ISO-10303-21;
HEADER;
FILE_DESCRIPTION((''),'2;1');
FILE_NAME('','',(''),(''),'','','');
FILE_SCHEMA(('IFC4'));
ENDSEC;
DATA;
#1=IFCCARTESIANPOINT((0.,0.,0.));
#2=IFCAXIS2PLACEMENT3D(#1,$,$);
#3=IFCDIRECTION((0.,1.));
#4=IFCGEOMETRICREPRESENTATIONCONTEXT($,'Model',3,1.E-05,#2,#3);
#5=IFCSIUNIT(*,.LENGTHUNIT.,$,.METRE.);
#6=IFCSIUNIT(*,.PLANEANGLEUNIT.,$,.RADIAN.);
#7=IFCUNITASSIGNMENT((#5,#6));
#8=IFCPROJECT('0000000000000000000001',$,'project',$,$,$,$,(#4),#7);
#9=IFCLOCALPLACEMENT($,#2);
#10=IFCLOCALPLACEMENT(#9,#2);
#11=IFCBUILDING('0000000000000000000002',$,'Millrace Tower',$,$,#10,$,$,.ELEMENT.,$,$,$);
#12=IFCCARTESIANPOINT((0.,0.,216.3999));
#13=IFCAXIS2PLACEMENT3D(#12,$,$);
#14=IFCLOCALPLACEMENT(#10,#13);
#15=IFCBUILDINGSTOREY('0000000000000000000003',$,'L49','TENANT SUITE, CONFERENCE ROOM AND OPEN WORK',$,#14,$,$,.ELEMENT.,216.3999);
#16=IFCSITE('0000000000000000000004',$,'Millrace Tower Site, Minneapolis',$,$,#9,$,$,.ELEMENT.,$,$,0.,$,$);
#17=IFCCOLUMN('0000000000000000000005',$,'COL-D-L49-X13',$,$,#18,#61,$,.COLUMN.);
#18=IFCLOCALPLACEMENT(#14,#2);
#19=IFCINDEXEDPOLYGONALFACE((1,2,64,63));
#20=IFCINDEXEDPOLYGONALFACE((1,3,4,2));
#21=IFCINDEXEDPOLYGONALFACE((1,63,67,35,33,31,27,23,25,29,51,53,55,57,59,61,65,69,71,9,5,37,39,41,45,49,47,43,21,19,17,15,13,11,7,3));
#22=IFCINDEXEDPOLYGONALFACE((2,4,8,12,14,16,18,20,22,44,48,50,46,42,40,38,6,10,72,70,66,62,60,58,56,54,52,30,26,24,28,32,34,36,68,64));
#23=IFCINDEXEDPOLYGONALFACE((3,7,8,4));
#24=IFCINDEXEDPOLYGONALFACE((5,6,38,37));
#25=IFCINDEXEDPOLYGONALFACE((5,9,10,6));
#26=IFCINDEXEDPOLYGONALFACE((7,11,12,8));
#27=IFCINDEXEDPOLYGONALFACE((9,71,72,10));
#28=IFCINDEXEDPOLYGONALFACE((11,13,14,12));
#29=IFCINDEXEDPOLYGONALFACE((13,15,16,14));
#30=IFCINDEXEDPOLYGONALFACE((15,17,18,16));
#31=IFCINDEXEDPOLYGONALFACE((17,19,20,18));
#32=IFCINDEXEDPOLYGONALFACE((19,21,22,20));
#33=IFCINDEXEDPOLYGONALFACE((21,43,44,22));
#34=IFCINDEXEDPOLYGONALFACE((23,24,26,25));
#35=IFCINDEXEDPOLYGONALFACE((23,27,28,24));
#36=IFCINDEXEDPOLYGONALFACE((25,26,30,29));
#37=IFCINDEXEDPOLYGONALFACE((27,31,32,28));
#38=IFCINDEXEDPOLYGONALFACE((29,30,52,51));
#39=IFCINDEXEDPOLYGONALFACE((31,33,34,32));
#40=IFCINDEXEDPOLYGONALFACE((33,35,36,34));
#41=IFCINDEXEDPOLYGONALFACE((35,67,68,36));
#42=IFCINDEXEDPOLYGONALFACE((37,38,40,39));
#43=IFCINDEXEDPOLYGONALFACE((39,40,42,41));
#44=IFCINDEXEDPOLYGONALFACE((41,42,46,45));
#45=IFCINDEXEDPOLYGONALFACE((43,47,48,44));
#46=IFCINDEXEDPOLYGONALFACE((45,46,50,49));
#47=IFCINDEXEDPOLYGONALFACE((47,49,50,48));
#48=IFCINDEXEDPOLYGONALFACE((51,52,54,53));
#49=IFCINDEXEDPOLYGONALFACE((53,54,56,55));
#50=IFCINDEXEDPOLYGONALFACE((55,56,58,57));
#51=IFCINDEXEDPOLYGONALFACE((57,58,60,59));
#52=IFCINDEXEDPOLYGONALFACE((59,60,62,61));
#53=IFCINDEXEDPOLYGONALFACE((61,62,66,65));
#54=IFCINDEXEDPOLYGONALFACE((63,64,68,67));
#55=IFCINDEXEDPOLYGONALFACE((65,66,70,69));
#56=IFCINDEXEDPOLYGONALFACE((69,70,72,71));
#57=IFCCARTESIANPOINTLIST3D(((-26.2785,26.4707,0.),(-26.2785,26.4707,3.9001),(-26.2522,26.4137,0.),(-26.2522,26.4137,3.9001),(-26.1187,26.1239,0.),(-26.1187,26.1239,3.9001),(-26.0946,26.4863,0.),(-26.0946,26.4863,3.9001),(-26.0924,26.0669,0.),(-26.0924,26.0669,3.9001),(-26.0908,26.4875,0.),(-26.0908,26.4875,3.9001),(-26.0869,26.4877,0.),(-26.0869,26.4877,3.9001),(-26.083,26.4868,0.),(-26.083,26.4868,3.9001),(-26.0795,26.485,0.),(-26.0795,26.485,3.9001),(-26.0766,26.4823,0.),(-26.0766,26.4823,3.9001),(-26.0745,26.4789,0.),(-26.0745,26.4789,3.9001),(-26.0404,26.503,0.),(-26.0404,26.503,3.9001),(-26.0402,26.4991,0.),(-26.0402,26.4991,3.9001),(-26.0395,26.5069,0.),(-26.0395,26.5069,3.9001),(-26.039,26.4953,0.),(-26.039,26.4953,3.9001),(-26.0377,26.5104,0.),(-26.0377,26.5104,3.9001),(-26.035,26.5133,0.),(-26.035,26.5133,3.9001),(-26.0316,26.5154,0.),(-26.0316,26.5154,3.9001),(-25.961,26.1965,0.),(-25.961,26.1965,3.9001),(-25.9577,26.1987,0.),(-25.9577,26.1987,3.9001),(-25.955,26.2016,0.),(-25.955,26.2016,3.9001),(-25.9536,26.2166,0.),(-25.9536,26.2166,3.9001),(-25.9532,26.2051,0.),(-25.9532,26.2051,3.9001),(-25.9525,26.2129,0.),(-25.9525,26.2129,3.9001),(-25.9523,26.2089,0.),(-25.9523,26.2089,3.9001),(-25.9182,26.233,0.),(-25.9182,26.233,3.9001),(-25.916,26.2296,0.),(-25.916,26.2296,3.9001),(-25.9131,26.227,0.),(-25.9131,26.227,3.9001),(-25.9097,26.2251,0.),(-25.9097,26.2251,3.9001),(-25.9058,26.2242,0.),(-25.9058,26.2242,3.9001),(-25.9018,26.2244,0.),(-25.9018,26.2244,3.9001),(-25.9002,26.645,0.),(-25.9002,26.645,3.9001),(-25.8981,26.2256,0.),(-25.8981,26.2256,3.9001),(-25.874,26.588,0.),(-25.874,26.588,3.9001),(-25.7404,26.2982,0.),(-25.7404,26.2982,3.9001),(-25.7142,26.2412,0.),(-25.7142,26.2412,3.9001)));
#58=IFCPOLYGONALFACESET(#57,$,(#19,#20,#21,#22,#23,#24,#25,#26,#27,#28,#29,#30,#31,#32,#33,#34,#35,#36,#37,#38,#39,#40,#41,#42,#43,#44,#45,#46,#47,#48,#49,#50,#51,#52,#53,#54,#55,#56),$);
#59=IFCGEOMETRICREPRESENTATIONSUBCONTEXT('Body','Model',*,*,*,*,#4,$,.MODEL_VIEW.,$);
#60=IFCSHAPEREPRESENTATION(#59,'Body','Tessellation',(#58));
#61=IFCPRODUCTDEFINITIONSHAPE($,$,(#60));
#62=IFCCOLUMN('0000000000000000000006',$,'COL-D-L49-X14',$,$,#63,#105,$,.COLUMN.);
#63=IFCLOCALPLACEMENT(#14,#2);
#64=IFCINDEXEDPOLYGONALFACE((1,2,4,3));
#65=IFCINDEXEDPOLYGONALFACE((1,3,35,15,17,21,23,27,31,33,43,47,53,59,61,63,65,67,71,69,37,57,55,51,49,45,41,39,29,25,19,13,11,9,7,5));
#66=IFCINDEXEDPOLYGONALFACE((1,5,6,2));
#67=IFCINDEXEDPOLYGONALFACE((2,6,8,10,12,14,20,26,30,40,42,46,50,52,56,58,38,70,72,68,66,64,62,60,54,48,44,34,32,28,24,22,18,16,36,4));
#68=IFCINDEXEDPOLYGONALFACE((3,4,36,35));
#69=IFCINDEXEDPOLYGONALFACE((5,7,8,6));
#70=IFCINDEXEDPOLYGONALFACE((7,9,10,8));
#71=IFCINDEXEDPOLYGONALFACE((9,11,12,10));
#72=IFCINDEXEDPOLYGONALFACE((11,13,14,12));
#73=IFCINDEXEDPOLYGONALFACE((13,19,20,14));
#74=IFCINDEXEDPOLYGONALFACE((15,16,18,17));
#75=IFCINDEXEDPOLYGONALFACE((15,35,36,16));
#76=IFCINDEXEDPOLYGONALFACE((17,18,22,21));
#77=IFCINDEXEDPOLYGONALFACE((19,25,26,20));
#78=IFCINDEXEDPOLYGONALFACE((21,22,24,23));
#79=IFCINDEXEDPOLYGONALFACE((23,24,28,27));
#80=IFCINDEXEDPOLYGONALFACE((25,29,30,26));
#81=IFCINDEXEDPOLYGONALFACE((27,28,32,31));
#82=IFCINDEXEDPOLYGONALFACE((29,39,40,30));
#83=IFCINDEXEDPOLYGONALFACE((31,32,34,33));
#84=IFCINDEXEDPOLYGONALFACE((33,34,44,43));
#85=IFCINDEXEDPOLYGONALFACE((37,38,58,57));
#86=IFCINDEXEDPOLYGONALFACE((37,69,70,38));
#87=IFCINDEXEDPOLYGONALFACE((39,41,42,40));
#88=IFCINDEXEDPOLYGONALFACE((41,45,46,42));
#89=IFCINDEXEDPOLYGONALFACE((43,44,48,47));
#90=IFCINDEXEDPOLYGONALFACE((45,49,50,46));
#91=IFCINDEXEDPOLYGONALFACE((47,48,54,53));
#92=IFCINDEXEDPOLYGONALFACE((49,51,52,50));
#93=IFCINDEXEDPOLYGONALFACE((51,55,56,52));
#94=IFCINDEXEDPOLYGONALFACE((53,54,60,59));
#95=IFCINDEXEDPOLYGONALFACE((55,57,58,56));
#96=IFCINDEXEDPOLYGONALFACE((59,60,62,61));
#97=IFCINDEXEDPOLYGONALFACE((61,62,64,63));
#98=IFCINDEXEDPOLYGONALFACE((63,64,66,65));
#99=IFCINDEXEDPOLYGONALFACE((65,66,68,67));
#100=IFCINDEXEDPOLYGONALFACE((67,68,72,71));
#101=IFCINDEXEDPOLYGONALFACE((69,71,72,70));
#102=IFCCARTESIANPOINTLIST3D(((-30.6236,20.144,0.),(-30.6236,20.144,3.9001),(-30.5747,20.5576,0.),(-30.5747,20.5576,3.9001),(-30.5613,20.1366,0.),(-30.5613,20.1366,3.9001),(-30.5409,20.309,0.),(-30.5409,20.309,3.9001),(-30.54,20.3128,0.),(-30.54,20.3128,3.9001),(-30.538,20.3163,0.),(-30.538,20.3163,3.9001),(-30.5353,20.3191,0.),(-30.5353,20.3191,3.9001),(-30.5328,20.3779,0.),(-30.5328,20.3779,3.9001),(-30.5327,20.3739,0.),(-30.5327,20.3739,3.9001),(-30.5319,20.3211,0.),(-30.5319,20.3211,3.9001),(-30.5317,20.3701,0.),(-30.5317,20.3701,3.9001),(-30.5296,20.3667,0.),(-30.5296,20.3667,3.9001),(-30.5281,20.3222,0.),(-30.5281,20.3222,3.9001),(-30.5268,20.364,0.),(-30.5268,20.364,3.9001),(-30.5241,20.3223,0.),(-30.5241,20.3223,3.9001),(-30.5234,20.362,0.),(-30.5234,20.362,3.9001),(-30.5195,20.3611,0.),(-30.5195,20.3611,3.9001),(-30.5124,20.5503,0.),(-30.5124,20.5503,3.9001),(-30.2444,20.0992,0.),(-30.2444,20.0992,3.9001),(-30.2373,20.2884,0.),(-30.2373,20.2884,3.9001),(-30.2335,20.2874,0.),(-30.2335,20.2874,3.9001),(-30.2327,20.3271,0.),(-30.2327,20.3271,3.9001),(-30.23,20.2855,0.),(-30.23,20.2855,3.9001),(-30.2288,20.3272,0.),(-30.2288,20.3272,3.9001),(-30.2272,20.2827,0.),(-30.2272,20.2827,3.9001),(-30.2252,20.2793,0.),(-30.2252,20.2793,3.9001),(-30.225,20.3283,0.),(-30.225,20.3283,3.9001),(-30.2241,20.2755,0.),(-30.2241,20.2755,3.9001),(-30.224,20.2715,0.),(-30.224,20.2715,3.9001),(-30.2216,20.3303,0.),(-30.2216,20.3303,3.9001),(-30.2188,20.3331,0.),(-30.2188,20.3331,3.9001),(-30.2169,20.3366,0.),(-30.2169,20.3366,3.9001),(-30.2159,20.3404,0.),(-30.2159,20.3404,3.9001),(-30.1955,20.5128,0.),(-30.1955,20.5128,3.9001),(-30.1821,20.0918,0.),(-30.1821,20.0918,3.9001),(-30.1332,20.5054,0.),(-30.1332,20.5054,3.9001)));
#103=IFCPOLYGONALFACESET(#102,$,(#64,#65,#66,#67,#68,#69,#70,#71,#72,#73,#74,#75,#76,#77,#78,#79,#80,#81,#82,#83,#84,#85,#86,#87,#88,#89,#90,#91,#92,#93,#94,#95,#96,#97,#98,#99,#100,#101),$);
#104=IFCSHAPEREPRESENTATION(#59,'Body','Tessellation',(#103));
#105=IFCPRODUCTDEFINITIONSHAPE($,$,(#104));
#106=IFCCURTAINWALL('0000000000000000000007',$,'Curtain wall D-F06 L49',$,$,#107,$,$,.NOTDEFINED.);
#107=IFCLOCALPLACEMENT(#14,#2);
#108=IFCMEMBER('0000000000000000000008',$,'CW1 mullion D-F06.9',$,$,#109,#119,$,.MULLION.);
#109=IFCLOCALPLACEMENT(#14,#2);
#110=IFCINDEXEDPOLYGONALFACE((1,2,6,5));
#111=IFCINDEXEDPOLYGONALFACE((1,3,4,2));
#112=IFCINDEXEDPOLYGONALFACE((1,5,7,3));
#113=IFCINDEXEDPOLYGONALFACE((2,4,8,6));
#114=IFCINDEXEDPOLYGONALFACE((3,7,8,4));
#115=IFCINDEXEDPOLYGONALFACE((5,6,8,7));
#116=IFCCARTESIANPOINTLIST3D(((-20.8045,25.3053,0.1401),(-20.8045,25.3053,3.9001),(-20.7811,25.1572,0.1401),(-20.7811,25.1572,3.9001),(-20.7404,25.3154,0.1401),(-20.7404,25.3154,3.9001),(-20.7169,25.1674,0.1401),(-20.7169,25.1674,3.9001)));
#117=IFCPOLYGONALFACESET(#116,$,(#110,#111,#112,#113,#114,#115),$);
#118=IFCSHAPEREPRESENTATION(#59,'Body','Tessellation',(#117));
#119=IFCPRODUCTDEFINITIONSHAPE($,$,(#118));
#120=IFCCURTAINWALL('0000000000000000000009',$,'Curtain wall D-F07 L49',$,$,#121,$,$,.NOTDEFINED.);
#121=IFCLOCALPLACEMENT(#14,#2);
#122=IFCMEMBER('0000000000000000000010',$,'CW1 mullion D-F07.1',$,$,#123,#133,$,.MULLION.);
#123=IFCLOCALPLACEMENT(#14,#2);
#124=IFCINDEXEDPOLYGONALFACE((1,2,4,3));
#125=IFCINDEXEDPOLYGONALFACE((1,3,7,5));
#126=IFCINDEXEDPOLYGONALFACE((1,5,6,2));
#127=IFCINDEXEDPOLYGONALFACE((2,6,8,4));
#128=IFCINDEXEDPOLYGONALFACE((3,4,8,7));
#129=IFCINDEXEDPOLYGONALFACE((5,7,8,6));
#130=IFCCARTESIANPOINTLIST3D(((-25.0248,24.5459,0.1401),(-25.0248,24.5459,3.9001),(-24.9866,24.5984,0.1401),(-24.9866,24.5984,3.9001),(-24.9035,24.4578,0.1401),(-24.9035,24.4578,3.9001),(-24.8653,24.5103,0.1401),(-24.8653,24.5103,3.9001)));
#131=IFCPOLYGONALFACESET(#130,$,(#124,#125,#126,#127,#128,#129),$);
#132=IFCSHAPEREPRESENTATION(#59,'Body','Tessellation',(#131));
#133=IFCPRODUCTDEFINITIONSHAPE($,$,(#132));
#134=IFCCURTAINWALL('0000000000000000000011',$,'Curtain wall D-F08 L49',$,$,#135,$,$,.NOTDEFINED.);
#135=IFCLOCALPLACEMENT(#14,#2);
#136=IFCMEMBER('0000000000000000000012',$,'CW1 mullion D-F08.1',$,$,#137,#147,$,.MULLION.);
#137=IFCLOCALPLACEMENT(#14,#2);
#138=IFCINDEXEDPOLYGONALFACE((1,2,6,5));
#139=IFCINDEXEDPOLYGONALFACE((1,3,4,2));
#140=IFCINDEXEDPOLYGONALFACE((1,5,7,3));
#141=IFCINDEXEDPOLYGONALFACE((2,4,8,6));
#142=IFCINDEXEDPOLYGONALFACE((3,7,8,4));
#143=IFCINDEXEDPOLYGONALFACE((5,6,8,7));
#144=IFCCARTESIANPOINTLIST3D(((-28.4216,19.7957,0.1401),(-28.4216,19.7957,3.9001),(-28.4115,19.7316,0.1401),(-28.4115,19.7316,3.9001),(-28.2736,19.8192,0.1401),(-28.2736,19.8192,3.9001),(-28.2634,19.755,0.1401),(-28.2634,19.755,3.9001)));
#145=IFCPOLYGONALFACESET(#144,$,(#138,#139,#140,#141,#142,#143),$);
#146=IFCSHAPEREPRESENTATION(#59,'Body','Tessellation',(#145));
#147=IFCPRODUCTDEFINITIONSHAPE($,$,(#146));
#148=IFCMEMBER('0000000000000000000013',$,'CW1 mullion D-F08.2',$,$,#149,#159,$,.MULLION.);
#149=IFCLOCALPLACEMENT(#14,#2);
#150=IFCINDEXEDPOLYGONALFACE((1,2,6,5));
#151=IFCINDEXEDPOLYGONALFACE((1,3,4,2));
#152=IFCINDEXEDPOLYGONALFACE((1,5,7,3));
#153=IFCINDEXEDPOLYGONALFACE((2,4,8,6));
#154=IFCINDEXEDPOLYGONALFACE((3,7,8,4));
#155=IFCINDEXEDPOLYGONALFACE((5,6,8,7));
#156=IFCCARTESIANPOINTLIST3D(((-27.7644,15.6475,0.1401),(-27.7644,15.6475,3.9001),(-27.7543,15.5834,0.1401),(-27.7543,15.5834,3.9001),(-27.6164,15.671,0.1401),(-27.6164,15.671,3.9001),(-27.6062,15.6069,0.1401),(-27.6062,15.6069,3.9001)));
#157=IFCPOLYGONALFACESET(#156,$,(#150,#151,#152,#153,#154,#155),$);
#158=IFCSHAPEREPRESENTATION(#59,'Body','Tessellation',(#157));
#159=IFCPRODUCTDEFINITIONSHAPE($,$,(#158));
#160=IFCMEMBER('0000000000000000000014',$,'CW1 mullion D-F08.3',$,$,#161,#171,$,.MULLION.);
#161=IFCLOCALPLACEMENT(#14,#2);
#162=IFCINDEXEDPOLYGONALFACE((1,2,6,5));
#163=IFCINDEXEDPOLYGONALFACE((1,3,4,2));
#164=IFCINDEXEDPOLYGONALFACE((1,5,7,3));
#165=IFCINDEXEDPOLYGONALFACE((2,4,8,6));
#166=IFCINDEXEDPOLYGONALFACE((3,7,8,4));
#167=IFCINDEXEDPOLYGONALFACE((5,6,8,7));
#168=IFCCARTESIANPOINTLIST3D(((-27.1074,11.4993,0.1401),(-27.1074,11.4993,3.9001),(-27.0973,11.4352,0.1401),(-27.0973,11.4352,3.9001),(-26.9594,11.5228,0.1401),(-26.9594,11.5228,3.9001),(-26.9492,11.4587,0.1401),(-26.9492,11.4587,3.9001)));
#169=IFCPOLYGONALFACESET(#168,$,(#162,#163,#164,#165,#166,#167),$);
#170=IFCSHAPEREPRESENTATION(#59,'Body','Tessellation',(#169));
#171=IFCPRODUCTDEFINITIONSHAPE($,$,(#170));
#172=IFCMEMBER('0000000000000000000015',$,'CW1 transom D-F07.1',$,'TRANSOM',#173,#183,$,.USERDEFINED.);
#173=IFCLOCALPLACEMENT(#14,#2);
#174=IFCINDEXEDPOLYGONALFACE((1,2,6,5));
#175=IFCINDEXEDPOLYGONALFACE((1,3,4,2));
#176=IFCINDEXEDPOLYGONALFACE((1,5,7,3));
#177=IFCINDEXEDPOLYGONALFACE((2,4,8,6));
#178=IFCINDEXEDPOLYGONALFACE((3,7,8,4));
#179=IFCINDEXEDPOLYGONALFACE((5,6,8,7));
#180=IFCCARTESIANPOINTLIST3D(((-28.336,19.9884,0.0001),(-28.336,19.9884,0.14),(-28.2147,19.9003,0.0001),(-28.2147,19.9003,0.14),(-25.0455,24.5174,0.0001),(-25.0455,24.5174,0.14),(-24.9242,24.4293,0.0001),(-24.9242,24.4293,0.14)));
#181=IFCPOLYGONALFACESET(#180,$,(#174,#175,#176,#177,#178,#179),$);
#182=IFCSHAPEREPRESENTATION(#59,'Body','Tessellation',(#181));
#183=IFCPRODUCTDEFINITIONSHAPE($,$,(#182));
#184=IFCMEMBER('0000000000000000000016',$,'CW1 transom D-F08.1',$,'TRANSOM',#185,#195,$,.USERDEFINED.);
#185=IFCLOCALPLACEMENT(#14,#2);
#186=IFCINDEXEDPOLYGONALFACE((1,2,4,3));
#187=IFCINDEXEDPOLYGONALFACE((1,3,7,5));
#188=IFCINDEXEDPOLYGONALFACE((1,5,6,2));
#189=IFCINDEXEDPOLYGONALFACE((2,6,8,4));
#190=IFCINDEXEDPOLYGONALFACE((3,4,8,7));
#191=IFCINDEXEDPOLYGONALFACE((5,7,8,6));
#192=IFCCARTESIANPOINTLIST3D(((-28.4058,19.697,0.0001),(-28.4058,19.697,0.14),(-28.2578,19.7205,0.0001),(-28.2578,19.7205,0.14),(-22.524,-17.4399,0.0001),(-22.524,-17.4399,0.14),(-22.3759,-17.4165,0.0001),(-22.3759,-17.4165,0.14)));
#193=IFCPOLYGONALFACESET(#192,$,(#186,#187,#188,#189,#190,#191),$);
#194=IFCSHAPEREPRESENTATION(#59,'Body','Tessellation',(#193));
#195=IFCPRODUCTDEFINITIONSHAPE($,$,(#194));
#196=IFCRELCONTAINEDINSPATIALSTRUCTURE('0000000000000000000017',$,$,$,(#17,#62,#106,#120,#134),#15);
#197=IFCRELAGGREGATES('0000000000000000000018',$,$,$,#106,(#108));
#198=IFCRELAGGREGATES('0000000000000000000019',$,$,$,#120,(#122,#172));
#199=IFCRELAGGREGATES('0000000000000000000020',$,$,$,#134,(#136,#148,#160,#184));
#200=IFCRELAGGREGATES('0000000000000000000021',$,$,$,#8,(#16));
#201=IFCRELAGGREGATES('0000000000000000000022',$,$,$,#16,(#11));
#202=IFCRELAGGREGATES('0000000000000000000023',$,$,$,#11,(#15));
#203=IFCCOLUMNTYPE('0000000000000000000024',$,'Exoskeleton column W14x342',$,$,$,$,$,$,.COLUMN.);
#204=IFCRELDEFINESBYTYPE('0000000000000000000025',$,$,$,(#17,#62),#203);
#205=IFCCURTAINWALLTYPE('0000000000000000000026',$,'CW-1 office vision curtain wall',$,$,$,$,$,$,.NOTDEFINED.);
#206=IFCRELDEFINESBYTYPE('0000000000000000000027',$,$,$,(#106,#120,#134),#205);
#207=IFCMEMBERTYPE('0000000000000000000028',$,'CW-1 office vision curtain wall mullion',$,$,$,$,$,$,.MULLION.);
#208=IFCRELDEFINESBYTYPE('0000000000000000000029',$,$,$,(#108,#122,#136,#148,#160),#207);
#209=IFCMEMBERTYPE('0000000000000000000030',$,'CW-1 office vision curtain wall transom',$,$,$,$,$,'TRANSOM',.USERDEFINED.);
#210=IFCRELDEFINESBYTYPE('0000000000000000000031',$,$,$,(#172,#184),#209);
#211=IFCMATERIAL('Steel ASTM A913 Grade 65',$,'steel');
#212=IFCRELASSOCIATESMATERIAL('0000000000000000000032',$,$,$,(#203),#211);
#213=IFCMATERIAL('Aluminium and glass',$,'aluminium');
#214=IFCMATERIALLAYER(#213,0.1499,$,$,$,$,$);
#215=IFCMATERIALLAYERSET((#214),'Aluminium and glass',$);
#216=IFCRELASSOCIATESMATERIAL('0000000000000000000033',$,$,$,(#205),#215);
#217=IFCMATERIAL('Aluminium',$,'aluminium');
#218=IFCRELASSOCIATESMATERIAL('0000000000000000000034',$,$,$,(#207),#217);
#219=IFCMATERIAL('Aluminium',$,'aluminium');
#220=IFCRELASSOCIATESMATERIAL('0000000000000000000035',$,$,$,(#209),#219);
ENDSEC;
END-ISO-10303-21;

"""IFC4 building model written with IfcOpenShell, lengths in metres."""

from ifc_helpers import new_model, si_unit, direction, frame, origin, origin_2d, place, context, subcontext, project, spatial, rectangle, i_section, extrude, material, layer, layer_set, material_profile, profile_set, type_object, element, aggregate, save


model = new_model("IFC4")

# Units and contexts
model_context = context("Model", 3, precision=1e-05, world=origin(), true_north=direction((0.0, 1.0)))
body_context = subcontext(model_context, "Body", "Model", "MODEL_VIEW")
ifc_project = project(units=[si_unit("LENGTHUNIT", "METRE"), si_unit("PLANEANGLEUNIT", "RADIAN")], contexts=[model_context])

# Site, building, storey
site_placement = place(None, origin())
site = spatial("IfcSite", under=ifc_project, at=site_placement, Name="Millrace Tower Site, Minneapolis", CompositionType="ELEMENT", RefElevation=0.0)
building_placement = place(site_placement, origin())
building = spatial("IfcBuilding", under=site, at=building_placement, Name="Millrace Tower", CompositionType="ELEMENT")
storey_placement = place(building_placement, frame((0.0, 0.0, 216.3999)))
storey = spatial("IfcBuildingStorey", under=building, at=storey_placement, Name="L49", Description="TENANT SUITE, CONFERENCE ROOM AND OPEN WORK", CompositionType="ELEMENT", Elevation=216.3999)

# Columns
ifc_material_1 = material(Name="Steel ASTM A913 Grade 65", Category="steel")
ifc_material_profile_1 = material_profile(ifc_material_1, i_section(OverallWidth=0.4165, OverallDepth=0.4446, WebThickness=0.0391, FlangeThickness=0.0627, FilletRadius=0.0151, at=origin_2d()))
ifc_profile_set_1 = profile_set([ifc_material_profile_1], Name="Steel ASTM A913 Grade 65")
column_type = type_object("IfcColumnType", Name="Exoskeleton column W14x342", PredefinedType="COLUMN", material=ifc_profile_set_1)
for number, where, z_axis, x_axis, name in (
    (1, (-25.9963, 26.356, 0.0), (0.0, 0.0, 1.0), (-0.908192, -0.418553, 0.0), "COL-D-L49-X13"),
    (2, (-30.3784, 20.3247, 0.0), (0.0, 0.0, 1.0), (-0.117421, -0.993082, 0.0), "COL-D-L49-X14"),
):
    element("IfcColumn", number, at=place(storey_placement, frame(where, z_axis=z_axis, x_axis=x_axis)), inside=storey, type_object=column_type, Name=name, PredefinedType="COLUMN", context=body_context, shape_type="SweptSolid", body=[
        extrude(i_section(OverallWidth=0.4165, OverallDepth=0.4446, WebThickness=0.0391, FlangeThickness=0.0627, FilletRadius=0.0151, at=origin_2d()), origin(), (0.0, 0.0, 1.0), 3.9001),
    ])

# Curtain walls, members
ifc_material_2 = material(Name="Aluminium and glass", Category="aluminium")
ifc_layer_1 = layer(ifc_material_2, 0.1499)
ifc_layer_set_1 = layer_set([ifc_layer_1], Name="Aluminium and glass")
curtain_wall_type = type_object("IfcCurtainWallType", Name="CW-1 office vision curtain wall", PredefinedType="NOTDEFINED", material=ifc_layer_set_1)
placement = place(storey_placement, origin())
curtain_wall_1 = element("IfcCurtainWall", 3, at=placement, inside=storey, type_object=curtain_wall_type, Name="Curtain wall D-F06 L49", PredefinedType="NOTDEFINED")
ifc_material_3 = material(Name="Aluminium", Category="aluminium")
ifc_material_profile_2 = material_profile(ifc_material_3, rectangle(XDim=0.0649, YDim=0.1499, at=origin_2d()))
ifc_profile_set_2 = profile_set([ifc_material_profile_2], Name="Aluminium")
member_type_1 = type_object("IfcMemberType", Name="CW-1 office vision curtain wall mullion", PredefinedType="MULLION", material=ifc_profile_set_2)
member_1_placement = place(storey_placement, frame((-20.7607, 25.2363, 0.1401), z_axis=(0.0, 0.0, 1.0), x_axis=(-0.987688, -0.156434, 0.0)))
member_1 = element("IfcMember", 4, at=member_1_placement, type_object=member_type_1, Name="CW1 mullion D-F06.9", PredefinedType="MULLION", context=body_context, shape_type="SweptSolid", body=[
    extrude(rectangle(XDim=0.0649, YDim=0.1499, at=origin_2d()), origin(), (0.0, 0.0, 1.0), 3.76),
])
aggregate(curtain_wall_1, [member_1])
curtain_wall_2 = element("IfcCurtainWall", 5, at=placement, inside=storey, type_object=curtain_wall_type, Name="Curtain wall D-F07 L49", PredefinedType="NOTDEFINED")
member_2_placement = place(storey_placement, frame((-24.9451, 24.5281, 0.1401), z_axis=(0.0, 0.0, 1.0), x_axis=(-0.587785, -0.809017, 0.0)))
member_2 = element("IfcMember", 6, at=member_2_placement, type_object=member_type_1, Name="CW1 mullion D-F07.1", PredefinedType="MULLION", context=body_context, shape_type="SweptSolid", body=[
    extrude(rectangle(XDim=0.0649, YDim=0.1499, at=origin_2d()), origin(), (0.0, 0.0, 1.0), 3.76),
])

# Curtain wall, members
curtain_wall_3 = element("IfcCurtainWall", 7, at=placement, inside=storey, type_object=curtain_wall_type, Name="Curtain wall D-F08 L49", PredefinedType="NOTDEFINED")
member_3_placement = place(storey_placement, frame((-28.3425, 19.7754, 0.1401), z_axis=(0.0, 0.0, 1.0), x_axis=(0.156434, -0.987688, 0.0)))
member_3 = element("IfcMember", 8, at=member_3_placement, type_object=member_type_1, Name="CW1 mullion D-F08.1", PredefinedType="MULLION", context=body_context, shape_type="SweptSolid", body=[
    extrude(rectangle(XDim=0.0649, YDim=0.1499, at=origin_2d()), origin(), (0.0, 0.0, 1.0), 3.76),
])
member_4_placement = place(storey_placement, frame((-27.6853, 15.6272, 0.1401), z_axis=(0.0, 0.0, 1.0), x_axis=(0.156434, -0.987688, 0.0)))
member_4 = element("IfcMember", 9, at=member_4_placement, type_object=member_type_1, Name="CW1 mullion D-F08.2", PredefinedType="MULLION", context=body_context, shape_type="SweptSolid", body=[
    extrude(rectangle(XDim=0.0649, YDim=0.1499, at=origin_2d()), origin(), (0.0, 0.0, 1.0), 3.76),
])
member_5_placement = place(storey_placement, frame((-27.0283, 11.479, 0.1401), z_axis=(0.0, 0.0, 1.0), x_axis=(0.156434, -0.987688, 0.0)))
member_5 = element("IfcMember", 10, at=member_5_placement, type_object=member_type_1, Name="CW1 mullion D-F08.3", PredefinedType="MULLION", context=body_context, shape_type="SweptSolid", body=[
    extrude(rectangle(XDim=0.0649, YDim=0.1499, at=origin_2d()), origin(), (0.0, 0.0, 1.0), 3.76),
])

# Members
ifc_material_4 = material(Name="Aluminium", Category="aluminium")
ifc_material_profile_3 = material_profile(ifc_material_4, rectangle(XDim=0.1499, YDim=0.1399, at=origin_2d()))
ifc_profile_set_3 = profile_set([ifc_material_profile_3], Name="Aluminium")
member_type_2 = type_object("IfcMemberType", Name="CW-1 office vision curtain wall transom", ElementType="TRANSOM", PredefinedType="USERDEFINED", material=ifc_profile_set_3)
member_6_placement = place(storey_placement, frame((-24.9849, 24.4734, 0.0701), z_axis=(-0.587783, -0.809019, 0.0), x_axis=(0.809019, -0.587783, 0.0)))
member_6 = element("IfcMember", 11, at=member_6_placement, type_object=member_type_2, Name="CW1 transom D-F07.1", ObjectType="TRANSOM", PredefinedType="USERDEFINED", context=body_context, shape_type="SweptSolid", body=[
    extrude(rectangle(XDim=0.1499, YDim=0.1399, at=origin_2d()), origin(), (0.0, 0.0, 1.0), 5.5981),
])
aggregate(curtain_wall_2, [member_2, member_6])
member_7_placement = place(storey_placement, frame((-28.3318, 19.7087, 0.0701), z_axis=(0.156432, -0.987689, 0.0), x_axis=(0.987689, 0.156432, 0.0)))
member_7 = element("IfcMember", 12, at=member_7_placement, type_object=member_type_2, Name="CW1 transom D-F08.1", ObjectType="TRANSOM", PredefinedType="USERDEFINED", context=body_context, shape_type="SweptSolid", body=[
    extrude(rectangle(XDim=0.1499, YDim=0.1399, at=origin_2d()), origin(), (0.0, 0.0, 1.0), 37.5999),
])
aggregate(curtain_wall_3, [member_3, member_4, member_5, member_7])

save(model, "model.ifc")
